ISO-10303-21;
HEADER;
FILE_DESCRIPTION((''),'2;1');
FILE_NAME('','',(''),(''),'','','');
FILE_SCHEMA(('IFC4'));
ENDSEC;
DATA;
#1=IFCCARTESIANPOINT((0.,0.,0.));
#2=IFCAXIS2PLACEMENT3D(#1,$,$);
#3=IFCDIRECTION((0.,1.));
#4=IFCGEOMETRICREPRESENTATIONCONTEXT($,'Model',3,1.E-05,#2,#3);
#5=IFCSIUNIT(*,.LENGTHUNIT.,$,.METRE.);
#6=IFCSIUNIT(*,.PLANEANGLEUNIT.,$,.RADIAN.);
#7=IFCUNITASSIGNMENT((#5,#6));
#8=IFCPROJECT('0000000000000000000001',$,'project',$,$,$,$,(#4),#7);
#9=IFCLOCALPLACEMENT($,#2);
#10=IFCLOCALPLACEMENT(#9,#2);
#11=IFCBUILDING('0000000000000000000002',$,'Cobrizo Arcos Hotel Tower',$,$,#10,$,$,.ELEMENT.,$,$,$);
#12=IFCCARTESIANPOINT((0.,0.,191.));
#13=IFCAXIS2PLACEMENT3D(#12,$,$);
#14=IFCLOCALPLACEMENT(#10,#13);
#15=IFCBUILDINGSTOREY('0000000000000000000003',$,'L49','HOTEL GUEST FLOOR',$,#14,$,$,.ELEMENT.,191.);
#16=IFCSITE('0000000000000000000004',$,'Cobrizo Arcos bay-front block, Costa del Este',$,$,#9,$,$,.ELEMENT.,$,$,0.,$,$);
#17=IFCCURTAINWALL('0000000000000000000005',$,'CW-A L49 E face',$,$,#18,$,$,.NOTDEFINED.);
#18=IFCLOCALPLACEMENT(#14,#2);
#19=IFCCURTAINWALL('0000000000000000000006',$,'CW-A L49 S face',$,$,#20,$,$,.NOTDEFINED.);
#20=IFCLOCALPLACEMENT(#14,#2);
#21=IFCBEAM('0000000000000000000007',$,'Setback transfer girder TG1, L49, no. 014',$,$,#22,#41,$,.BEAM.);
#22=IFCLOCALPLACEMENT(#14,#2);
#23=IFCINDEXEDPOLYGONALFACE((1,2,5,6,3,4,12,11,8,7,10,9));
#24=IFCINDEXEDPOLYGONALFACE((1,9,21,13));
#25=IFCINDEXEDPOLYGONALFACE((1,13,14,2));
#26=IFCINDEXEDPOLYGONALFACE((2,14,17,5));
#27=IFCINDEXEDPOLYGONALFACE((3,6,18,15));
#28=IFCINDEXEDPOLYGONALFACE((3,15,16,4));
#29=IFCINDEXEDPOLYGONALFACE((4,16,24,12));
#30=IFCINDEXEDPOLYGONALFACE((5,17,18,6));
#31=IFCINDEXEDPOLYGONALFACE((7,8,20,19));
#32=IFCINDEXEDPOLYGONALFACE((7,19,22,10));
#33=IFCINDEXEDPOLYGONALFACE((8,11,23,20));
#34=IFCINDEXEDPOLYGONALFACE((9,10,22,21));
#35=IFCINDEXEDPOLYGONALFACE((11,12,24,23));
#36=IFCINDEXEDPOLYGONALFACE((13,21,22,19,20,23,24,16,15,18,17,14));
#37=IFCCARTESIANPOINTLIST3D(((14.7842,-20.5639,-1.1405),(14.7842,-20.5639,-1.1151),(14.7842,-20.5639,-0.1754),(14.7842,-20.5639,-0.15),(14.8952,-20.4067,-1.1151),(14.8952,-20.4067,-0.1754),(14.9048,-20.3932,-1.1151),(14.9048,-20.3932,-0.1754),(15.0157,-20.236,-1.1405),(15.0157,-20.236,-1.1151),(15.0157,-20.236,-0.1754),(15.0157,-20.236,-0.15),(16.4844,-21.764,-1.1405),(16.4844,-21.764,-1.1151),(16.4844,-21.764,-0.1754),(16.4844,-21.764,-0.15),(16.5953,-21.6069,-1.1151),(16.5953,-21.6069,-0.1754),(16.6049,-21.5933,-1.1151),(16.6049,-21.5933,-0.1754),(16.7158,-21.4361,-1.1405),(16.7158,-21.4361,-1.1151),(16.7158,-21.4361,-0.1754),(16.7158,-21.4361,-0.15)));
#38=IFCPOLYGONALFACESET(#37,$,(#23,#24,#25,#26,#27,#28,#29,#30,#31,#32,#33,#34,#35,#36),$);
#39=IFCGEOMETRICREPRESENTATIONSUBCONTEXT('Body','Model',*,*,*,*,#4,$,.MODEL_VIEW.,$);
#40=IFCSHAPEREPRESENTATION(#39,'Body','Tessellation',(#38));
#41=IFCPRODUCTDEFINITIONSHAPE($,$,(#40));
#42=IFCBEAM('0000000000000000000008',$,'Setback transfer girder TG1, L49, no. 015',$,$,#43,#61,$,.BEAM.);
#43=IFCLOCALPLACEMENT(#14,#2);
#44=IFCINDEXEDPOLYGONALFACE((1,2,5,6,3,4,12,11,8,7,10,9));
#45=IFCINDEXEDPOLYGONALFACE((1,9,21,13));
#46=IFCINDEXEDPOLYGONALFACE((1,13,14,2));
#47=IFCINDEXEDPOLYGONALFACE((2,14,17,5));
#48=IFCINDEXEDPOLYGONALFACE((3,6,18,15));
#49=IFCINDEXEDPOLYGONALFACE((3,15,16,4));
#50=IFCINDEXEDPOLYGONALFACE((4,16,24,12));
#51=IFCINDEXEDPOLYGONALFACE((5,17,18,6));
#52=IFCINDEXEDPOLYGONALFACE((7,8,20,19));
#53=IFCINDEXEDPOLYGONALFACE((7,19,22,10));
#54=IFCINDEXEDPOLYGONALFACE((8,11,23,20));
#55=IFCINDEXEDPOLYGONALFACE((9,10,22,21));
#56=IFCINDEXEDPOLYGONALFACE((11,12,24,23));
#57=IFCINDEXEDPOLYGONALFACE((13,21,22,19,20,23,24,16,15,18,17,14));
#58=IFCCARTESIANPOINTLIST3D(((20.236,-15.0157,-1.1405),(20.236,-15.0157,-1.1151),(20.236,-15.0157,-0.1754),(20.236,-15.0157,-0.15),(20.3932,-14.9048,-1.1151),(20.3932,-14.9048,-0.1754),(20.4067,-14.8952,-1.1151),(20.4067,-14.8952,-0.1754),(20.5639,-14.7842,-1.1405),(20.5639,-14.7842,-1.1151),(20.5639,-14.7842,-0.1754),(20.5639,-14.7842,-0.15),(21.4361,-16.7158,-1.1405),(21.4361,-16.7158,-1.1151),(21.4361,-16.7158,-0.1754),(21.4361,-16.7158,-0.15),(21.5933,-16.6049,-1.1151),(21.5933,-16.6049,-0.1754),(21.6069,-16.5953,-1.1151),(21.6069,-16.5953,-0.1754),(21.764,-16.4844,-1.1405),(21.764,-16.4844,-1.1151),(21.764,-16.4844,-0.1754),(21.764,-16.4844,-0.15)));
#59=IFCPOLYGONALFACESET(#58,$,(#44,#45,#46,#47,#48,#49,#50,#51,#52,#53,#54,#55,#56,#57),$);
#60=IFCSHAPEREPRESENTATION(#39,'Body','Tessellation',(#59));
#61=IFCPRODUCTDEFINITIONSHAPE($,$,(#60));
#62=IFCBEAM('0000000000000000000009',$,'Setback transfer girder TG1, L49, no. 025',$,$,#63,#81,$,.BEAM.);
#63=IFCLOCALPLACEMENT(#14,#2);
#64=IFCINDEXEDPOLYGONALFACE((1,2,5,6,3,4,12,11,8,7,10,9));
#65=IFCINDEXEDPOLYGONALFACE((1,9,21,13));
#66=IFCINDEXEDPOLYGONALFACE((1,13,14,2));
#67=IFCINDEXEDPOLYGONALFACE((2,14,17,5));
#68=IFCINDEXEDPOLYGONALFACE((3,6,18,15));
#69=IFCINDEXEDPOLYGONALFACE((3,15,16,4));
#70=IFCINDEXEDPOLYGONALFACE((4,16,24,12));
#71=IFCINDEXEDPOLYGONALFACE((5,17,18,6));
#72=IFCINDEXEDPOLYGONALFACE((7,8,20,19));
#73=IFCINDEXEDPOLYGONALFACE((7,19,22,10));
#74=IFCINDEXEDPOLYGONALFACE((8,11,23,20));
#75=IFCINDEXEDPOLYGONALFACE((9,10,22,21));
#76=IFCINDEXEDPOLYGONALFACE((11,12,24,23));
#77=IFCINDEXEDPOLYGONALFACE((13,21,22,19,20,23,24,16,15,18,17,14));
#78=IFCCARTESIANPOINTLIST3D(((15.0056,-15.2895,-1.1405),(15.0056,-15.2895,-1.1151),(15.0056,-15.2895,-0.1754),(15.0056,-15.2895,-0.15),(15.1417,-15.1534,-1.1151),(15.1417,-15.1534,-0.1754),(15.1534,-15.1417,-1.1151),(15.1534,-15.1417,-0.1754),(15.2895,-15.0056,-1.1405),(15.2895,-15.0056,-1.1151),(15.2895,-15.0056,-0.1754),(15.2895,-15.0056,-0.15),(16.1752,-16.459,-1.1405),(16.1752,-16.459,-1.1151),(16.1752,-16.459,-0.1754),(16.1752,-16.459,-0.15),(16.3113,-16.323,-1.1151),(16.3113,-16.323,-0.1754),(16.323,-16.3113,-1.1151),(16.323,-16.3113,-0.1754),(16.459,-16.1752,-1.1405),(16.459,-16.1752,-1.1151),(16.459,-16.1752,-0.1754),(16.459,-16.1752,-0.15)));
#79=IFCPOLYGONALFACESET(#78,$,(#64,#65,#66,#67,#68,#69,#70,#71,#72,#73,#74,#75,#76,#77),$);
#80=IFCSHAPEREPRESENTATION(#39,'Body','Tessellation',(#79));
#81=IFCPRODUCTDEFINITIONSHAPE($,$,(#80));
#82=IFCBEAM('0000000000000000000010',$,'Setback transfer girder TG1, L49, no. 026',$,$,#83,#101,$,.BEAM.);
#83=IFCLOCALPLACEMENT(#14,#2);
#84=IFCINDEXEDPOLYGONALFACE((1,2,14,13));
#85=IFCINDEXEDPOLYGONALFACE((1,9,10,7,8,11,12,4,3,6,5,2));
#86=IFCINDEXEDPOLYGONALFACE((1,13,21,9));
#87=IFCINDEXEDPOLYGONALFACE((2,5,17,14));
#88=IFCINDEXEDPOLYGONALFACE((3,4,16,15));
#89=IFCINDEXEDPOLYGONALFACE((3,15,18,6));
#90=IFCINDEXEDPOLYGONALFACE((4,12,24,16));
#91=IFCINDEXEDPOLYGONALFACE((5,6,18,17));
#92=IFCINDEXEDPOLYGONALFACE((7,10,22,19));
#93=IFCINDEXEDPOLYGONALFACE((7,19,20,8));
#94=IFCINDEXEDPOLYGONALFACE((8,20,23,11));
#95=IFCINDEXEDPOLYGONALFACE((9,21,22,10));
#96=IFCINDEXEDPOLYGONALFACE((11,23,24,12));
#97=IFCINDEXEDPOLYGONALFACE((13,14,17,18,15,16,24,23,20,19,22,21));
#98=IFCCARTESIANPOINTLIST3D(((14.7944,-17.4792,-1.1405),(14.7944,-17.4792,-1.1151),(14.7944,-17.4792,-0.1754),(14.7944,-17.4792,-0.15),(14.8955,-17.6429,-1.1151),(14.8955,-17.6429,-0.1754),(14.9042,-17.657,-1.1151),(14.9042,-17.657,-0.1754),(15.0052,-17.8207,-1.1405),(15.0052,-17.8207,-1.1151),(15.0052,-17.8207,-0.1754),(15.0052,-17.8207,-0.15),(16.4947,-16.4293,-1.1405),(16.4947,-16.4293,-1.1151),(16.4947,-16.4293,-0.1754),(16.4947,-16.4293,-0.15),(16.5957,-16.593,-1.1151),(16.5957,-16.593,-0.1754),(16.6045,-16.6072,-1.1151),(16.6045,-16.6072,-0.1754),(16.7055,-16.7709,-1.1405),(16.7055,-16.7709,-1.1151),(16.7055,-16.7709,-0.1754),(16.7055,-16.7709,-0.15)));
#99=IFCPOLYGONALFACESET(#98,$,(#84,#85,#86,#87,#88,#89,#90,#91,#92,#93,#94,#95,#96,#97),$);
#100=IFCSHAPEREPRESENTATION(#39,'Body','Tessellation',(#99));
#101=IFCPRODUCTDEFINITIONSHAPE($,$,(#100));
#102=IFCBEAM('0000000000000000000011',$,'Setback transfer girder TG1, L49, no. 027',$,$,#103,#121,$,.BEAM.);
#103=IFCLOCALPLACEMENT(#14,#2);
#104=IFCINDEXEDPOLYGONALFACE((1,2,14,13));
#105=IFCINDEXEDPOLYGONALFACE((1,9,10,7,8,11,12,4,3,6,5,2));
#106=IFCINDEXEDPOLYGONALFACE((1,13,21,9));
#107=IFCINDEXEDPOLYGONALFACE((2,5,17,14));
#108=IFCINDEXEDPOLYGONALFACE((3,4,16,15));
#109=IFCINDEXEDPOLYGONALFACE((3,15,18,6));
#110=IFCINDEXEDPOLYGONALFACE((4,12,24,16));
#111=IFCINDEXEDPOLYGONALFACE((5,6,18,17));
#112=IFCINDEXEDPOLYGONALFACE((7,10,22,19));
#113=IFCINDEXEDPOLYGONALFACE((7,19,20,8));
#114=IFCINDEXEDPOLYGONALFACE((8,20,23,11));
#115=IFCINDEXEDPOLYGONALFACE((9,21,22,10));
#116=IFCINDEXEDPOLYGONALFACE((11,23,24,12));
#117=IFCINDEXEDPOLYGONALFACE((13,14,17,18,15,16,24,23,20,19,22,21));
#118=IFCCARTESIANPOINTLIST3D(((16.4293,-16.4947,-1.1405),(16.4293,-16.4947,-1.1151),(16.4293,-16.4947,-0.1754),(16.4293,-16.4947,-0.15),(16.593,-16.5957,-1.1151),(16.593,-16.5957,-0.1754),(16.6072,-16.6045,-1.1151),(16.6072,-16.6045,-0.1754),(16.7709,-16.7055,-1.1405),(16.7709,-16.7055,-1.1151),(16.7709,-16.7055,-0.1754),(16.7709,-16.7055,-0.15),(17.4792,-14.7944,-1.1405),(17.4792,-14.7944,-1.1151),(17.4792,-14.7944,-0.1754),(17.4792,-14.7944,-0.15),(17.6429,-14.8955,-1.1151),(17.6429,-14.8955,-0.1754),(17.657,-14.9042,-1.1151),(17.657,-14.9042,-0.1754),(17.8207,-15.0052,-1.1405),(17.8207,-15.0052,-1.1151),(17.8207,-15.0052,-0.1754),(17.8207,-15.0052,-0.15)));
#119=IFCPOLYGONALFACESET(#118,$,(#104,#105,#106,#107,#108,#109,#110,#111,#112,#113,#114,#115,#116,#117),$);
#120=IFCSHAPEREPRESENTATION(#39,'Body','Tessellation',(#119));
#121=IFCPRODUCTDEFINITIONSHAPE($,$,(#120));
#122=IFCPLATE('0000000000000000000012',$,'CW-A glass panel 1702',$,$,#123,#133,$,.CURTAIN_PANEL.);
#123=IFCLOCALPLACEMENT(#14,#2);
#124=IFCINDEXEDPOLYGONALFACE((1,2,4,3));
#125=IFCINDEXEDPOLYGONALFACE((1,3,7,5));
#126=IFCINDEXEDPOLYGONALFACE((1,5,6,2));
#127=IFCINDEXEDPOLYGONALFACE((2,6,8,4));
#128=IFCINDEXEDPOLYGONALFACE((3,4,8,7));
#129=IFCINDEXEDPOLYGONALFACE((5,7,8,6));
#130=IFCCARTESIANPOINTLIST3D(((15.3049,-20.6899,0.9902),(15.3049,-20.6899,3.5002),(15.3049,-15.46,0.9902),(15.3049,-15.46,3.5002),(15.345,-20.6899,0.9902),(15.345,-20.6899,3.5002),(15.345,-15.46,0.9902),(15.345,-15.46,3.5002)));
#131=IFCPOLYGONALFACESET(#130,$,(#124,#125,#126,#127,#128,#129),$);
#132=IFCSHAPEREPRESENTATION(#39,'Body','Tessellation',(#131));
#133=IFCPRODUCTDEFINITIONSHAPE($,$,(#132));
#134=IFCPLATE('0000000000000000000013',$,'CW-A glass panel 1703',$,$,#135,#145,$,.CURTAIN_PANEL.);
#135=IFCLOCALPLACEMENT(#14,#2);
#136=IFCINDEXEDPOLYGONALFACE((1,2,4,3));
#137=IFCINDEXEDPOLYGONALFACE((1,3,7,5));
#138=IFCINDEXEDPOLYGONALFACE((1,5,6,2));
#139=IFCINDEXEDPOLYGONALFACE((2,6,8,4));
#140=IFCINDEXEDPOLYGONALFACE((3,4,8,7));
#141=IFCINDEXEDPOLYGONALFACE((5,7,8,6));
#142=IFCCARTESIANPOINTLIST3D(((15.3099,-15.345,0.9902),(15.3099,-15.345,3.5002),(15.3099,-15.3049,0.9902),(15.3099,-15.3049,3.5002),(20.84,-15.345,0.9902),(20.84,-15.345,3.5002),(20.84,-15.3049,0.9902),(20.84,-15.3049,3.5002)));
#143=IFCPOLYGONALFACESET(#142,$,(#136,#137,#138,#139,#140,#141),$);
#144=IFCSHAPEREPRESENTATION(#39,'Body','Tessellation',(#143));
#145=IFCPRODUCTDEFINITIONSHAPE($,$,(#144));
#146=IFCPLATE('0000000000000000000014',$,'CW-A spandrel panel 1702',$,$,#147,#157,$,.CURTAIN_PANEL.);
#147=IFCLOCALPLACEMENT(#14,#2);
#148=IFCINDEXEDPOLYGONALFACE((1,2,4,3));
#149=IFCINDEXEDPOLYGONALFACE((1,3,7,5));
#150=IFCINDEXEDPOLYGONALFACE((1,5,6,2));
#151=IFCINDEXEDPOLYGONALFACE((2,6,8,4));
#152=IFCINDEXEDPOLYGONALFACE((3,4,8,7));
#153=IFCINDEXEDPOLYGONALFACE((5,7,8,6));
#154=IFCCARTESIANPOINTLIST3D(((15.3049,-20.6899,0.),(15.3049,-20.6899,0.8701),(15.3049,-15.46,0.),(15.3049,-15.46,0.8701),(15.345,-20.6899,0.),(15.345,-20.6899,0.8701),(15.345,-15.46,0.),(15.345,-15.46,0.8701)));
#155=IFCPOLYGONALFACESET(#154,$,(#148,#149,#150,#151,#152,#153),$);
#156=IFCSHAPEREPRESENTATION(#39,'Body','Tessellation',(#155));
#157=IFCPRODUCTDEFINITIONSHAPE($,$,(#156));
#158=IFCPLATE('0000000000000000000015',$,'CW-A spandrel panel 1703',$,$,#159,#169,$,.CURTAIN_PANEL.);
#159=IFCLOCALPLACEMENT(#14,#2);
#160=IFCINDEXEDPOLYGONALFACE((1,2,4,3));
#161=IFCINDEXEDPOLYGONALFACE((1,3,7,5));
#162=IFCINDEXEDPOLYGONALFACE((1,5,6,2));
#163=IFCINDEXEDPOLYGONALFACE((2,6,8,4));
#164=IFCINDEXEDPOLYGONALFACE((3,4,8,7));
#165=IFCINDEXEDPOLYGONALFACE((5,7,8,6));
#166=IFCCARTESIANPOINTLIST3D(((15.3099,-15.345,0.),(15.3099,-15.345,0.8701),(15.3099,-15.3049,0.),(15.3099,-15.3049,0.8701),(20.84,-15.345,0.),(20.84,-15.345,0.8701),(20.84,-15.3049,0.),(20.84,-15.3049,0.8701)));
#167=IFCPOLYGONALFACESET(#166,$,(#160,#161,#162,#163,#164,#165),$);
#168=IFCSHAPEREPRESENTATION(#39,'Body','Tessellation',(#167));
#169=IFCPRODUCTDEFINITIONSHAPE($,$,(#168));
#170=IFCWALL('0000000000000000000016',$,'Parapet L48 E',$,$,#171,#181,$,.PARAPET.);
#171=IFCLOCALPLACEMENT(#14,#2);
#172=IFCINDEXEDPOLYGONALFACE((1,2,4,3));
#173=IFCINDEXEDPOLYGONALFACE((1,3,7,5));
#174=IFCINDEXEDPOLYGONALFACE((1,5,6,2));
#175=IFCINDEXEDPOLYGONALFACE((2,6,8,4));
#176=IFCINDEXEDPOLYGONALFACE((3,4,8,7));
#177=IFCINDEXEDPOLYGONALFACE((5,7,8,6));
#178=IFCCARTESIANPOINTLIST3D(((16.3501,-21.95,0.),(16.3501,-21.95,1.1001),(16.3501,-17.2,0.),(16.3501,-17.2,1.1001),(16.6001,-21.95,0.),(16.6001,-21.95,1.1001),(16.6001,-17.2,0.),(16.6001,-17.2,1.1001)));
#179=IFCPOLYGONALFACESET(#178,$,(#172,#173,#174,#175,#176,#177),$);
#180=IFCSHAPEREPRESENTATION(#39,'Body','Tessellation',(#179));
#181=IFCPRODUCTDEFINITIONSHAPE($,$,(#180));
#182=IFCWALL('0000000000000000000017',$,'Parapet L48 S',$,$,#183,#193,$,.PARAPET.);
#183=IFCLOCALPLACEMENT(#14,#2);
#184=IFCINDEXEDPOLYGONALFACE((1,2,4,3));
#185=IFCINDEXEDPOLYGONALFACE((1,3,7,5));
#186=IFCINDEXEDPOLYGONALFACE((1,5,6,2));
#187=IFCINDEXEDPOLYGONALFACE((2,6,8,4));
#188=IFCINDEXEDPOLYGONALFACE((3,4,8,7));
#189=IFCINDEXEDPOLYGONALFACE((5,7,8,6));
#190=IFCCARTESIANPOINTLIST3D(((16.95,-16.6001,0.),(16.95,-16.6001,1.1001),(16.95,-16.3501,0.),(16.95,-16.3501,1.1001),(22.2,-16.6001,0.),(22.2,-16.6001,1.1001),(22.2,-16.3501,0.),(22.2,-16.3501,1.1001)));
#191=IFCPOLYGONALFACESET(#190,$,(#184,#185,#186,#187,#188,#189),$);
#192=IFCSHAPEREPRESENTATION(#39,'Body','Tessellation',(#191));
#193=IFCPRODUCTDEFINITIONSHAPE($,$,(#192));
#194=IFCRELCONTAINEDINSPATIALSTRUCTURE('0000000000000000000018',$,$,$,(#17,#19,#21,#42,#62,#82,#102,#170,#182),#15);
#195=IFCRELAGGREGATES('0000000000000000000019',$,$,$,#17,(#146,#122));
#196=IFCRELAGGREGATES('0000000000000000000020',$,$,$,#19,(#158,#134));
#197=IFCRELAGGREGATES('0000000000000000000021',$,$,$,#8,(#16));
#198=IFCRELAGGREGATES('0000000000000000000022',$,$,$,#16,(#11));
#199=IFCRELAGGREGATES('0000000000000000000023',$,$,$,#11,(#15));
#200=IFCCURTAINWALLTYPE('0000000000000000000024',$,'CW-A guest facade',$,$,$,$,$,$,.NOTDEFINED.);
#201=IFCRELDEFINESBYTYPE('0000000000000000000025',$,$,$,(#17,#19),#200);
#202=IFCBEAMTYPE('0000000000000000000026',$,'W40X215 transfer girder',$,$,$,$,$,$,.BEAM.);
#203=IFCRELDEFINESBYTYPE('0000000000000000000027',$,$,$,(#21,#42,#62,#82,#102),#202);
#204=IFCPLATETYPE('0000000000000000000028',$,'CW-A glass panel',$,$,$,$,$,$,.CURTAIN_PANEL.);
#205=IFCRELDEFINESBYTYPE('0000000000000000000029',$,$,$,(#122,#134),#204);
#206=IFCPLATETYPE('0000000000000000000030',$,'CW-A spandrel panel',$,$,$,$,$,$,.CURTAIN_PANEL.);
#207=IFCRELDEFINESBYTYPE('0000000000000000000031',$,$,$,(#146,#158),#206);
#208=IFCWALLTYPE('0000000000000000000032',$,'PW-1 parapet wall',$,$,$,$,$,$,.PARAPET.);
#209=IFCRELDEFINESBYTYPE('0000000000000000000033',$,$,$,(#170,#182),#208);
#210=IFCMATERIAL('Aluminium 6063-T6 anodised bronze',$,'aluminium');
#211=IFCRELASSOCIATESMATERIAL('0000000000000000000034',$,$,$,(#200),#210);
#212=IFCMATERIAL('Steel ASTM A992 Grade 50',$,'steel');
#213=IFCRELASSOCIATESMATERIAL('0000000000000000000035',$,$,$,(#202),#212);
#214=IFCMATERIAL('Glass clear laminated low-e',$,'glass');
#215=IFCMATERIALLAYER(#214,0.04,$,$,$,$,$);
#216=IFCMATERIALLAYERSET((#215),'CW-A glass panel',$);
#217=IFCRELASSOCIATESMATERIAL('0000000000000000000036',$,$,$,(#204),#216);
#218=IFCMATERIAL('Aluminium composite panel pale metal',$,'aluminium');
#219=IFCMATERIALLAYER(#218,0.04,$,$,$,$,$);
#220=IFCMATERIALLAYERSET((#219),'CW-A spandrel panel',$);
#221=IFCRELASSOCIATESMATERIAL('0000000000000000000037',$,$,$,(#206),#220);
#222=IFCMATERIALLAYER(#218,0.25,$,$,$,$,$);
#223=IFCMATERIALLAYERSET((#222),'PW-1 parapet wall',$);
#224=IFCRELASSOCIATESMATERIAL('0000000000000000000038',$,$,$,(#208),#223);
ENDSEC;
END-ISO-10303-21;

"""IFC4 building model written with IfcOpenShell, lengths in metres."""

from ifc_helpers import new_model, si_unit, direction, frame, frame_2d, origin, origin_2d, place, context, subcontext, project, spatial, rectangle, i_section, extrude, material, layer, layer_set, material_profile, profile_set, type_object, element, aggregate, save


model = new_model("IFC4")

# Units and contexts
model_context = context("Model", 3, precision=1e-05, world=origin(), true_north=direction((0.0, 1.0)))
body_context = subcontext(model_context, "Body", "Model", "MODEL_VIEW")
ifc_project = project(units=[si_unit("LENGTHUNIT", "METRE"), si_unit("PLANEANGLEUNIT", "RADIAN")], contexts=[model_context])

# Site, building, storey
site_placement = place(None, origin())
site = spatial("IfcSite", under=ifc_project, at=site_placement, Name="Cobrizo Arcos bay-front block, Costa del Este", CompositionType="ELEMENT", RefElevation=0.0)
building_placement = place(site_placement, origin())
building = spatial("IfcBuilding", under=site, at=building_placement, Name="Cobrizo Arcos Hotel Tower", CompositionType="ELEMENT")
storey_placement = place(building_placement, frame((0.0, 0.0, 191.0)))
storey = spatial("IfcBuildingStorey", under=building, at=storey_placement, Name="L49", Description="HOTEL GUEST FLOOR", CompositionType="ELEMENT", Elevation=191.0)

# Shared definitions
ifc_material_1 = material(Name="Aluminium 6063-T6 anodised bronze", Category="aluminium")
curtain_wall_type = type_object("IfcCurtainWallType", Name="CW-A guest facade", PredefinedType="NOTDEFINED", material=ifc_material_1)

# Curtain walls
curtain_wall_1_placement = place(storey_placement, origin())
curtain_wall_1 = element("IfcCurtainWall", 1, at=curtain_wall_1_placement, inside=storey, type_object=curtain_wall_type, Name="CW-A L49 E face", PredefinedType="NOTDEFINED")
curtain_wall_2_placement = place(storey_placement, origin())
curtain_wall_2 = element("IfcCurtainWall", 2, at=curtain_wall_2_placement, inside=storey, type_object=curtain_wall_type, Name="CW-A L49 S face", PredefinedType="NOTDEFINED")

# Beams
ifc_material_2 = material(Name="Steel ASTM A992 Grade 50", Category="steel")
ifc_material_profile_1 = material_profile(ifc_material_2, i_section(OverallWidth=0.4014, OverallDepth=0.9905, WebThickness=0.0166, FlangeThickness=0.0254, at=origin_2d()), Name="W40X215")
ifc_profile_set_1 = profile_set([ifc_material_profile_1], Name="Steel ASTM A992 Grade 50")
beam_type_1 = type_object("IfcBeamType", Name="W40X215 transfer girder", PredefinedType="BEAM", material=ifc_profile_set_1)
for number, where, z_axis, x_axis, name in (
    (3, (16.6001, -21.6001, -0.6453), (-0.816955, 0.576702, 0.0), (-0.576702, -0.816955, 0.0), "Setback transfer girder TG1, L49, no. 014"),
    (4, (21.6001, -16.6001, -0.6453), (-0.576702, 0.816955, 0.0), (-0.816955, -0.576702, 0.0), "Setback transfer girder TG1, L49, no. 015"),
):
    element("IfcBeam", number, at=place(storey_placement, frame(where, z_axis=z_axis, x_axis=x_axis)), inside=storey, type_object=beam_type_1, Name=name, PredefinedType="BEAM", context=body_context, shape_type="SweptSolid", body=[
        extrude(i_section(OverallWidth=0.4014, OverallDepth=0.9905, WebThickness=0.0166, FlangeThickness=0.0254, at=origin_2d()), origin(), (0.0, 0.0, 1.0), 2.0811),
    ])
beam_1_placement = place(storey_placement, frame((16.3171, -16.3171, -0.6453), z_axis=(-0.707107, 0.707107, 0.0), x_axis=(-0.707107, -0.707107, 0.0)))
element("IfcBeam", 5, at=beam_1_placement, inside=storey, type_object=beam_type_1, Name="Setback transfer girder TG1, L49, no. 025", PredefinedType="BEAM", context=body_context, shape_type="SweptSolid", body=[
    extrude(i_section(OverallWidth=0.4014, OverallDepth=0.9905, WebThickness=0.0166, FlangeThickness=0.0254, at=origin_2d()), origin(), (0.0, 0.0, 1.0), 1.6541),
])
for number, where, z_axis, x_axis, name in (
    (6, (16.6001, -16.6001, -0.6453), (-0.850869, -0.525378, 0.0), (0.525378, -0.850869, 0.0), "Setback transfer girder TG1, L49, no. 026"),
    (7, (16.6001, -16.6001, -0.6453), (0.525378, 0.850869, 0.0), (-0.850869, 0.525378, 0.0), "Setback transfer girder TG1, L49, no. 027"),
):
    element("IfcBeam", number, at=place(storey_placement, frame(where, z_axis=z_axis, x_axis=x_axis)), inside=storey, type_object=beam_type_1, Name=name, PredefinedType="BEAM", context=body_context, shape_type="SweptSolid", body=[
        extrude(i_section(OverallWidth=0.4014, OverallDepth=0.9905, WebThickness=0.0166, FlangeThickness=0.0254, at=origin_2d()), origin(), (0.0, 0.0, 1.0), 1.9983),
    ])

# Plates
ifc_material_3 = material(Name="Glass clear laminated low-e", Category="glass")
ifc_layer_1 = layer(ifc_material_3, 0.04)
ifc_layer_set_1 = layer_set([ifc_layer_1], Name="CW-A glass panel")
plate_type_1 = type_object("IfcPlateType", Name="CW-A glass panel", PredefinedType="CURTAIN_PANEL", material=ifc_layer_set_1)
plate_1_placement = place(storey_placement, frame((15.325, -18.075, 0.9902), z_axis=(0.0, 0.0, 1.0), x_axis=(0.0, 1.0, 0.0)))
plate_1 = element("IfcPlate", 8, at=plate_1_placement, type_object=plate_type_1, Name="CW-A glass panel 1702", PredefinedType="CURTAIN_PANEL", context=body_context, shape_type="SweptSolid", body=[
    extrude(rectangle(XDim=5.23, YDim=0.04, at=origin_2d()), origin(), (0.0, 0.0, 1.0), 2.51),
])
plate_2_placement = place(storey_placement, frame((18.075, -15.325, 0.9902), z_axis=(0.0, 0.0, 1.0), x_axis=(1.0, 0.0, 0.0)))
plate_2 = element("IfcPlate", 9, at=plate_2_placement, type_object=plate_type_1, Name="CW-A glass panel 1703", PredefinedType="CURTAIN_PANEL", context=body_context, shape_type="SweptSolid", body=[
    extrude(rectangle(XDim=5.53, YDim=0.04, at=origin_2d()), origin(), (0.0, 0.0, 1.0), 2.51),
])
ifc_material_4 = material(Name="Aluminium composite panel pale metal", Category="aluminium")
ifc_layer_2 = layer(ifc_material_4, 0.04)
ifc_layer_set_2 = layer_set([ifc_layer_2], Name="CW-A spandrel panel")
plate_type_2 = type_object("IfcPlateType", Name="CW-A spandrel panel", PredefinedType="CURTAIN_PANEL", material=ifc_layer_set_2)
plate_3_placement = place(storey_placement, frame((15.325, -18.075, 0.0), z_axis=(0.0, 0.0, 1.0), x_axis=(0.0, 1.0, 0.0)))
plate_3 = element("IfcPlate", 10, at=plate_3_placement, type_object=plate_type_2, Name="CW-A spandrel panel 1702", PredefinedType="CURTAIN_PANEL", context=body_context, shape_type="SweptSolid", body=[
    extrude(rectangle(XDim=5.23, YDim=0.04, at=origin_2d()), origin(), (0.0, 0.0, 1.0), 0.8701),
])
aggregate(curtain_wall_1, [plate_3, plate_1])
plate_4_placement = place(storey_placement, frame((18.075, -15.325, 0.0), z_axis=(0.0, 0.0, 1.0), x_axis=(1.0, 0.0, 0.0)))
plate_4 = element("IfcPlate", 11, at=plate_4_placement, type_object=plate_type_2, Name="CW-A spandrel panel 1703", PredefinedType="CURTAIN_PANEL", context=body_context, shape_type="SweptSolid", body=[
    extrude(rectangle(XDim=5.53, YDim=0.04, at=origin_2d()), origin(), (0.0, 0.0, 1.0), 0.8701),
])
aggregate(curtain_wall_2, [plate_4, plate_2])

# Walls
ifc_layer_3 = layer(ifc_material_4, 0.25)
ifc_layer_set_3 = layer_set([ifc_layer_3], Name="PW-1 parapet wall")
wall_type = type_object("IfcWallType", Name="PW-1 parapet wall", PredefinedType="PARAPET", material=ifc_layer_set_3)
wall_1_placement = place(storey_placement, frame((16.4751, -21.95, 0.0), z_axis=(0.0, 0.0, 1.0), x_axis=(0.0, 1.0, 0.0)))
element("IfcWall", 12, at=wall_1_placement, inside=storey, type_object=wall_type, Name="Parapet L48 E", PredefinedType="PARAPET", context=body_context, shape_type="SweptSolid", body=[
    extrude(rectangle(XDim=4.75, YDim=0.25, at=frame_2d((2.375, 0.0))), origin(), (0.0, 0.0, 1.0), 1.1001),
])
wall_2_placement = place(storey_placement, frame((16.95, -16.4751, 0.0), z_axis=(0.0, 0.0, 1.0), x_axis=(1.0, 0.0, 0.0)))
element("IfcWall", 13, at=wall_2_placement, inside=storey, type_object=wall_type, Name="Parapet L48 S", PredefinedType="PARAPET", context=body_context, shape_type="SweptSolid", body=[
    extrude(rectangle(XDim=5.25, YDim=0.25, at=frame_2d((2.625, 0.0))), origin(), (0.0, 0.0, 1.0), 1.1001),
])

save(model, "model.ifc")
